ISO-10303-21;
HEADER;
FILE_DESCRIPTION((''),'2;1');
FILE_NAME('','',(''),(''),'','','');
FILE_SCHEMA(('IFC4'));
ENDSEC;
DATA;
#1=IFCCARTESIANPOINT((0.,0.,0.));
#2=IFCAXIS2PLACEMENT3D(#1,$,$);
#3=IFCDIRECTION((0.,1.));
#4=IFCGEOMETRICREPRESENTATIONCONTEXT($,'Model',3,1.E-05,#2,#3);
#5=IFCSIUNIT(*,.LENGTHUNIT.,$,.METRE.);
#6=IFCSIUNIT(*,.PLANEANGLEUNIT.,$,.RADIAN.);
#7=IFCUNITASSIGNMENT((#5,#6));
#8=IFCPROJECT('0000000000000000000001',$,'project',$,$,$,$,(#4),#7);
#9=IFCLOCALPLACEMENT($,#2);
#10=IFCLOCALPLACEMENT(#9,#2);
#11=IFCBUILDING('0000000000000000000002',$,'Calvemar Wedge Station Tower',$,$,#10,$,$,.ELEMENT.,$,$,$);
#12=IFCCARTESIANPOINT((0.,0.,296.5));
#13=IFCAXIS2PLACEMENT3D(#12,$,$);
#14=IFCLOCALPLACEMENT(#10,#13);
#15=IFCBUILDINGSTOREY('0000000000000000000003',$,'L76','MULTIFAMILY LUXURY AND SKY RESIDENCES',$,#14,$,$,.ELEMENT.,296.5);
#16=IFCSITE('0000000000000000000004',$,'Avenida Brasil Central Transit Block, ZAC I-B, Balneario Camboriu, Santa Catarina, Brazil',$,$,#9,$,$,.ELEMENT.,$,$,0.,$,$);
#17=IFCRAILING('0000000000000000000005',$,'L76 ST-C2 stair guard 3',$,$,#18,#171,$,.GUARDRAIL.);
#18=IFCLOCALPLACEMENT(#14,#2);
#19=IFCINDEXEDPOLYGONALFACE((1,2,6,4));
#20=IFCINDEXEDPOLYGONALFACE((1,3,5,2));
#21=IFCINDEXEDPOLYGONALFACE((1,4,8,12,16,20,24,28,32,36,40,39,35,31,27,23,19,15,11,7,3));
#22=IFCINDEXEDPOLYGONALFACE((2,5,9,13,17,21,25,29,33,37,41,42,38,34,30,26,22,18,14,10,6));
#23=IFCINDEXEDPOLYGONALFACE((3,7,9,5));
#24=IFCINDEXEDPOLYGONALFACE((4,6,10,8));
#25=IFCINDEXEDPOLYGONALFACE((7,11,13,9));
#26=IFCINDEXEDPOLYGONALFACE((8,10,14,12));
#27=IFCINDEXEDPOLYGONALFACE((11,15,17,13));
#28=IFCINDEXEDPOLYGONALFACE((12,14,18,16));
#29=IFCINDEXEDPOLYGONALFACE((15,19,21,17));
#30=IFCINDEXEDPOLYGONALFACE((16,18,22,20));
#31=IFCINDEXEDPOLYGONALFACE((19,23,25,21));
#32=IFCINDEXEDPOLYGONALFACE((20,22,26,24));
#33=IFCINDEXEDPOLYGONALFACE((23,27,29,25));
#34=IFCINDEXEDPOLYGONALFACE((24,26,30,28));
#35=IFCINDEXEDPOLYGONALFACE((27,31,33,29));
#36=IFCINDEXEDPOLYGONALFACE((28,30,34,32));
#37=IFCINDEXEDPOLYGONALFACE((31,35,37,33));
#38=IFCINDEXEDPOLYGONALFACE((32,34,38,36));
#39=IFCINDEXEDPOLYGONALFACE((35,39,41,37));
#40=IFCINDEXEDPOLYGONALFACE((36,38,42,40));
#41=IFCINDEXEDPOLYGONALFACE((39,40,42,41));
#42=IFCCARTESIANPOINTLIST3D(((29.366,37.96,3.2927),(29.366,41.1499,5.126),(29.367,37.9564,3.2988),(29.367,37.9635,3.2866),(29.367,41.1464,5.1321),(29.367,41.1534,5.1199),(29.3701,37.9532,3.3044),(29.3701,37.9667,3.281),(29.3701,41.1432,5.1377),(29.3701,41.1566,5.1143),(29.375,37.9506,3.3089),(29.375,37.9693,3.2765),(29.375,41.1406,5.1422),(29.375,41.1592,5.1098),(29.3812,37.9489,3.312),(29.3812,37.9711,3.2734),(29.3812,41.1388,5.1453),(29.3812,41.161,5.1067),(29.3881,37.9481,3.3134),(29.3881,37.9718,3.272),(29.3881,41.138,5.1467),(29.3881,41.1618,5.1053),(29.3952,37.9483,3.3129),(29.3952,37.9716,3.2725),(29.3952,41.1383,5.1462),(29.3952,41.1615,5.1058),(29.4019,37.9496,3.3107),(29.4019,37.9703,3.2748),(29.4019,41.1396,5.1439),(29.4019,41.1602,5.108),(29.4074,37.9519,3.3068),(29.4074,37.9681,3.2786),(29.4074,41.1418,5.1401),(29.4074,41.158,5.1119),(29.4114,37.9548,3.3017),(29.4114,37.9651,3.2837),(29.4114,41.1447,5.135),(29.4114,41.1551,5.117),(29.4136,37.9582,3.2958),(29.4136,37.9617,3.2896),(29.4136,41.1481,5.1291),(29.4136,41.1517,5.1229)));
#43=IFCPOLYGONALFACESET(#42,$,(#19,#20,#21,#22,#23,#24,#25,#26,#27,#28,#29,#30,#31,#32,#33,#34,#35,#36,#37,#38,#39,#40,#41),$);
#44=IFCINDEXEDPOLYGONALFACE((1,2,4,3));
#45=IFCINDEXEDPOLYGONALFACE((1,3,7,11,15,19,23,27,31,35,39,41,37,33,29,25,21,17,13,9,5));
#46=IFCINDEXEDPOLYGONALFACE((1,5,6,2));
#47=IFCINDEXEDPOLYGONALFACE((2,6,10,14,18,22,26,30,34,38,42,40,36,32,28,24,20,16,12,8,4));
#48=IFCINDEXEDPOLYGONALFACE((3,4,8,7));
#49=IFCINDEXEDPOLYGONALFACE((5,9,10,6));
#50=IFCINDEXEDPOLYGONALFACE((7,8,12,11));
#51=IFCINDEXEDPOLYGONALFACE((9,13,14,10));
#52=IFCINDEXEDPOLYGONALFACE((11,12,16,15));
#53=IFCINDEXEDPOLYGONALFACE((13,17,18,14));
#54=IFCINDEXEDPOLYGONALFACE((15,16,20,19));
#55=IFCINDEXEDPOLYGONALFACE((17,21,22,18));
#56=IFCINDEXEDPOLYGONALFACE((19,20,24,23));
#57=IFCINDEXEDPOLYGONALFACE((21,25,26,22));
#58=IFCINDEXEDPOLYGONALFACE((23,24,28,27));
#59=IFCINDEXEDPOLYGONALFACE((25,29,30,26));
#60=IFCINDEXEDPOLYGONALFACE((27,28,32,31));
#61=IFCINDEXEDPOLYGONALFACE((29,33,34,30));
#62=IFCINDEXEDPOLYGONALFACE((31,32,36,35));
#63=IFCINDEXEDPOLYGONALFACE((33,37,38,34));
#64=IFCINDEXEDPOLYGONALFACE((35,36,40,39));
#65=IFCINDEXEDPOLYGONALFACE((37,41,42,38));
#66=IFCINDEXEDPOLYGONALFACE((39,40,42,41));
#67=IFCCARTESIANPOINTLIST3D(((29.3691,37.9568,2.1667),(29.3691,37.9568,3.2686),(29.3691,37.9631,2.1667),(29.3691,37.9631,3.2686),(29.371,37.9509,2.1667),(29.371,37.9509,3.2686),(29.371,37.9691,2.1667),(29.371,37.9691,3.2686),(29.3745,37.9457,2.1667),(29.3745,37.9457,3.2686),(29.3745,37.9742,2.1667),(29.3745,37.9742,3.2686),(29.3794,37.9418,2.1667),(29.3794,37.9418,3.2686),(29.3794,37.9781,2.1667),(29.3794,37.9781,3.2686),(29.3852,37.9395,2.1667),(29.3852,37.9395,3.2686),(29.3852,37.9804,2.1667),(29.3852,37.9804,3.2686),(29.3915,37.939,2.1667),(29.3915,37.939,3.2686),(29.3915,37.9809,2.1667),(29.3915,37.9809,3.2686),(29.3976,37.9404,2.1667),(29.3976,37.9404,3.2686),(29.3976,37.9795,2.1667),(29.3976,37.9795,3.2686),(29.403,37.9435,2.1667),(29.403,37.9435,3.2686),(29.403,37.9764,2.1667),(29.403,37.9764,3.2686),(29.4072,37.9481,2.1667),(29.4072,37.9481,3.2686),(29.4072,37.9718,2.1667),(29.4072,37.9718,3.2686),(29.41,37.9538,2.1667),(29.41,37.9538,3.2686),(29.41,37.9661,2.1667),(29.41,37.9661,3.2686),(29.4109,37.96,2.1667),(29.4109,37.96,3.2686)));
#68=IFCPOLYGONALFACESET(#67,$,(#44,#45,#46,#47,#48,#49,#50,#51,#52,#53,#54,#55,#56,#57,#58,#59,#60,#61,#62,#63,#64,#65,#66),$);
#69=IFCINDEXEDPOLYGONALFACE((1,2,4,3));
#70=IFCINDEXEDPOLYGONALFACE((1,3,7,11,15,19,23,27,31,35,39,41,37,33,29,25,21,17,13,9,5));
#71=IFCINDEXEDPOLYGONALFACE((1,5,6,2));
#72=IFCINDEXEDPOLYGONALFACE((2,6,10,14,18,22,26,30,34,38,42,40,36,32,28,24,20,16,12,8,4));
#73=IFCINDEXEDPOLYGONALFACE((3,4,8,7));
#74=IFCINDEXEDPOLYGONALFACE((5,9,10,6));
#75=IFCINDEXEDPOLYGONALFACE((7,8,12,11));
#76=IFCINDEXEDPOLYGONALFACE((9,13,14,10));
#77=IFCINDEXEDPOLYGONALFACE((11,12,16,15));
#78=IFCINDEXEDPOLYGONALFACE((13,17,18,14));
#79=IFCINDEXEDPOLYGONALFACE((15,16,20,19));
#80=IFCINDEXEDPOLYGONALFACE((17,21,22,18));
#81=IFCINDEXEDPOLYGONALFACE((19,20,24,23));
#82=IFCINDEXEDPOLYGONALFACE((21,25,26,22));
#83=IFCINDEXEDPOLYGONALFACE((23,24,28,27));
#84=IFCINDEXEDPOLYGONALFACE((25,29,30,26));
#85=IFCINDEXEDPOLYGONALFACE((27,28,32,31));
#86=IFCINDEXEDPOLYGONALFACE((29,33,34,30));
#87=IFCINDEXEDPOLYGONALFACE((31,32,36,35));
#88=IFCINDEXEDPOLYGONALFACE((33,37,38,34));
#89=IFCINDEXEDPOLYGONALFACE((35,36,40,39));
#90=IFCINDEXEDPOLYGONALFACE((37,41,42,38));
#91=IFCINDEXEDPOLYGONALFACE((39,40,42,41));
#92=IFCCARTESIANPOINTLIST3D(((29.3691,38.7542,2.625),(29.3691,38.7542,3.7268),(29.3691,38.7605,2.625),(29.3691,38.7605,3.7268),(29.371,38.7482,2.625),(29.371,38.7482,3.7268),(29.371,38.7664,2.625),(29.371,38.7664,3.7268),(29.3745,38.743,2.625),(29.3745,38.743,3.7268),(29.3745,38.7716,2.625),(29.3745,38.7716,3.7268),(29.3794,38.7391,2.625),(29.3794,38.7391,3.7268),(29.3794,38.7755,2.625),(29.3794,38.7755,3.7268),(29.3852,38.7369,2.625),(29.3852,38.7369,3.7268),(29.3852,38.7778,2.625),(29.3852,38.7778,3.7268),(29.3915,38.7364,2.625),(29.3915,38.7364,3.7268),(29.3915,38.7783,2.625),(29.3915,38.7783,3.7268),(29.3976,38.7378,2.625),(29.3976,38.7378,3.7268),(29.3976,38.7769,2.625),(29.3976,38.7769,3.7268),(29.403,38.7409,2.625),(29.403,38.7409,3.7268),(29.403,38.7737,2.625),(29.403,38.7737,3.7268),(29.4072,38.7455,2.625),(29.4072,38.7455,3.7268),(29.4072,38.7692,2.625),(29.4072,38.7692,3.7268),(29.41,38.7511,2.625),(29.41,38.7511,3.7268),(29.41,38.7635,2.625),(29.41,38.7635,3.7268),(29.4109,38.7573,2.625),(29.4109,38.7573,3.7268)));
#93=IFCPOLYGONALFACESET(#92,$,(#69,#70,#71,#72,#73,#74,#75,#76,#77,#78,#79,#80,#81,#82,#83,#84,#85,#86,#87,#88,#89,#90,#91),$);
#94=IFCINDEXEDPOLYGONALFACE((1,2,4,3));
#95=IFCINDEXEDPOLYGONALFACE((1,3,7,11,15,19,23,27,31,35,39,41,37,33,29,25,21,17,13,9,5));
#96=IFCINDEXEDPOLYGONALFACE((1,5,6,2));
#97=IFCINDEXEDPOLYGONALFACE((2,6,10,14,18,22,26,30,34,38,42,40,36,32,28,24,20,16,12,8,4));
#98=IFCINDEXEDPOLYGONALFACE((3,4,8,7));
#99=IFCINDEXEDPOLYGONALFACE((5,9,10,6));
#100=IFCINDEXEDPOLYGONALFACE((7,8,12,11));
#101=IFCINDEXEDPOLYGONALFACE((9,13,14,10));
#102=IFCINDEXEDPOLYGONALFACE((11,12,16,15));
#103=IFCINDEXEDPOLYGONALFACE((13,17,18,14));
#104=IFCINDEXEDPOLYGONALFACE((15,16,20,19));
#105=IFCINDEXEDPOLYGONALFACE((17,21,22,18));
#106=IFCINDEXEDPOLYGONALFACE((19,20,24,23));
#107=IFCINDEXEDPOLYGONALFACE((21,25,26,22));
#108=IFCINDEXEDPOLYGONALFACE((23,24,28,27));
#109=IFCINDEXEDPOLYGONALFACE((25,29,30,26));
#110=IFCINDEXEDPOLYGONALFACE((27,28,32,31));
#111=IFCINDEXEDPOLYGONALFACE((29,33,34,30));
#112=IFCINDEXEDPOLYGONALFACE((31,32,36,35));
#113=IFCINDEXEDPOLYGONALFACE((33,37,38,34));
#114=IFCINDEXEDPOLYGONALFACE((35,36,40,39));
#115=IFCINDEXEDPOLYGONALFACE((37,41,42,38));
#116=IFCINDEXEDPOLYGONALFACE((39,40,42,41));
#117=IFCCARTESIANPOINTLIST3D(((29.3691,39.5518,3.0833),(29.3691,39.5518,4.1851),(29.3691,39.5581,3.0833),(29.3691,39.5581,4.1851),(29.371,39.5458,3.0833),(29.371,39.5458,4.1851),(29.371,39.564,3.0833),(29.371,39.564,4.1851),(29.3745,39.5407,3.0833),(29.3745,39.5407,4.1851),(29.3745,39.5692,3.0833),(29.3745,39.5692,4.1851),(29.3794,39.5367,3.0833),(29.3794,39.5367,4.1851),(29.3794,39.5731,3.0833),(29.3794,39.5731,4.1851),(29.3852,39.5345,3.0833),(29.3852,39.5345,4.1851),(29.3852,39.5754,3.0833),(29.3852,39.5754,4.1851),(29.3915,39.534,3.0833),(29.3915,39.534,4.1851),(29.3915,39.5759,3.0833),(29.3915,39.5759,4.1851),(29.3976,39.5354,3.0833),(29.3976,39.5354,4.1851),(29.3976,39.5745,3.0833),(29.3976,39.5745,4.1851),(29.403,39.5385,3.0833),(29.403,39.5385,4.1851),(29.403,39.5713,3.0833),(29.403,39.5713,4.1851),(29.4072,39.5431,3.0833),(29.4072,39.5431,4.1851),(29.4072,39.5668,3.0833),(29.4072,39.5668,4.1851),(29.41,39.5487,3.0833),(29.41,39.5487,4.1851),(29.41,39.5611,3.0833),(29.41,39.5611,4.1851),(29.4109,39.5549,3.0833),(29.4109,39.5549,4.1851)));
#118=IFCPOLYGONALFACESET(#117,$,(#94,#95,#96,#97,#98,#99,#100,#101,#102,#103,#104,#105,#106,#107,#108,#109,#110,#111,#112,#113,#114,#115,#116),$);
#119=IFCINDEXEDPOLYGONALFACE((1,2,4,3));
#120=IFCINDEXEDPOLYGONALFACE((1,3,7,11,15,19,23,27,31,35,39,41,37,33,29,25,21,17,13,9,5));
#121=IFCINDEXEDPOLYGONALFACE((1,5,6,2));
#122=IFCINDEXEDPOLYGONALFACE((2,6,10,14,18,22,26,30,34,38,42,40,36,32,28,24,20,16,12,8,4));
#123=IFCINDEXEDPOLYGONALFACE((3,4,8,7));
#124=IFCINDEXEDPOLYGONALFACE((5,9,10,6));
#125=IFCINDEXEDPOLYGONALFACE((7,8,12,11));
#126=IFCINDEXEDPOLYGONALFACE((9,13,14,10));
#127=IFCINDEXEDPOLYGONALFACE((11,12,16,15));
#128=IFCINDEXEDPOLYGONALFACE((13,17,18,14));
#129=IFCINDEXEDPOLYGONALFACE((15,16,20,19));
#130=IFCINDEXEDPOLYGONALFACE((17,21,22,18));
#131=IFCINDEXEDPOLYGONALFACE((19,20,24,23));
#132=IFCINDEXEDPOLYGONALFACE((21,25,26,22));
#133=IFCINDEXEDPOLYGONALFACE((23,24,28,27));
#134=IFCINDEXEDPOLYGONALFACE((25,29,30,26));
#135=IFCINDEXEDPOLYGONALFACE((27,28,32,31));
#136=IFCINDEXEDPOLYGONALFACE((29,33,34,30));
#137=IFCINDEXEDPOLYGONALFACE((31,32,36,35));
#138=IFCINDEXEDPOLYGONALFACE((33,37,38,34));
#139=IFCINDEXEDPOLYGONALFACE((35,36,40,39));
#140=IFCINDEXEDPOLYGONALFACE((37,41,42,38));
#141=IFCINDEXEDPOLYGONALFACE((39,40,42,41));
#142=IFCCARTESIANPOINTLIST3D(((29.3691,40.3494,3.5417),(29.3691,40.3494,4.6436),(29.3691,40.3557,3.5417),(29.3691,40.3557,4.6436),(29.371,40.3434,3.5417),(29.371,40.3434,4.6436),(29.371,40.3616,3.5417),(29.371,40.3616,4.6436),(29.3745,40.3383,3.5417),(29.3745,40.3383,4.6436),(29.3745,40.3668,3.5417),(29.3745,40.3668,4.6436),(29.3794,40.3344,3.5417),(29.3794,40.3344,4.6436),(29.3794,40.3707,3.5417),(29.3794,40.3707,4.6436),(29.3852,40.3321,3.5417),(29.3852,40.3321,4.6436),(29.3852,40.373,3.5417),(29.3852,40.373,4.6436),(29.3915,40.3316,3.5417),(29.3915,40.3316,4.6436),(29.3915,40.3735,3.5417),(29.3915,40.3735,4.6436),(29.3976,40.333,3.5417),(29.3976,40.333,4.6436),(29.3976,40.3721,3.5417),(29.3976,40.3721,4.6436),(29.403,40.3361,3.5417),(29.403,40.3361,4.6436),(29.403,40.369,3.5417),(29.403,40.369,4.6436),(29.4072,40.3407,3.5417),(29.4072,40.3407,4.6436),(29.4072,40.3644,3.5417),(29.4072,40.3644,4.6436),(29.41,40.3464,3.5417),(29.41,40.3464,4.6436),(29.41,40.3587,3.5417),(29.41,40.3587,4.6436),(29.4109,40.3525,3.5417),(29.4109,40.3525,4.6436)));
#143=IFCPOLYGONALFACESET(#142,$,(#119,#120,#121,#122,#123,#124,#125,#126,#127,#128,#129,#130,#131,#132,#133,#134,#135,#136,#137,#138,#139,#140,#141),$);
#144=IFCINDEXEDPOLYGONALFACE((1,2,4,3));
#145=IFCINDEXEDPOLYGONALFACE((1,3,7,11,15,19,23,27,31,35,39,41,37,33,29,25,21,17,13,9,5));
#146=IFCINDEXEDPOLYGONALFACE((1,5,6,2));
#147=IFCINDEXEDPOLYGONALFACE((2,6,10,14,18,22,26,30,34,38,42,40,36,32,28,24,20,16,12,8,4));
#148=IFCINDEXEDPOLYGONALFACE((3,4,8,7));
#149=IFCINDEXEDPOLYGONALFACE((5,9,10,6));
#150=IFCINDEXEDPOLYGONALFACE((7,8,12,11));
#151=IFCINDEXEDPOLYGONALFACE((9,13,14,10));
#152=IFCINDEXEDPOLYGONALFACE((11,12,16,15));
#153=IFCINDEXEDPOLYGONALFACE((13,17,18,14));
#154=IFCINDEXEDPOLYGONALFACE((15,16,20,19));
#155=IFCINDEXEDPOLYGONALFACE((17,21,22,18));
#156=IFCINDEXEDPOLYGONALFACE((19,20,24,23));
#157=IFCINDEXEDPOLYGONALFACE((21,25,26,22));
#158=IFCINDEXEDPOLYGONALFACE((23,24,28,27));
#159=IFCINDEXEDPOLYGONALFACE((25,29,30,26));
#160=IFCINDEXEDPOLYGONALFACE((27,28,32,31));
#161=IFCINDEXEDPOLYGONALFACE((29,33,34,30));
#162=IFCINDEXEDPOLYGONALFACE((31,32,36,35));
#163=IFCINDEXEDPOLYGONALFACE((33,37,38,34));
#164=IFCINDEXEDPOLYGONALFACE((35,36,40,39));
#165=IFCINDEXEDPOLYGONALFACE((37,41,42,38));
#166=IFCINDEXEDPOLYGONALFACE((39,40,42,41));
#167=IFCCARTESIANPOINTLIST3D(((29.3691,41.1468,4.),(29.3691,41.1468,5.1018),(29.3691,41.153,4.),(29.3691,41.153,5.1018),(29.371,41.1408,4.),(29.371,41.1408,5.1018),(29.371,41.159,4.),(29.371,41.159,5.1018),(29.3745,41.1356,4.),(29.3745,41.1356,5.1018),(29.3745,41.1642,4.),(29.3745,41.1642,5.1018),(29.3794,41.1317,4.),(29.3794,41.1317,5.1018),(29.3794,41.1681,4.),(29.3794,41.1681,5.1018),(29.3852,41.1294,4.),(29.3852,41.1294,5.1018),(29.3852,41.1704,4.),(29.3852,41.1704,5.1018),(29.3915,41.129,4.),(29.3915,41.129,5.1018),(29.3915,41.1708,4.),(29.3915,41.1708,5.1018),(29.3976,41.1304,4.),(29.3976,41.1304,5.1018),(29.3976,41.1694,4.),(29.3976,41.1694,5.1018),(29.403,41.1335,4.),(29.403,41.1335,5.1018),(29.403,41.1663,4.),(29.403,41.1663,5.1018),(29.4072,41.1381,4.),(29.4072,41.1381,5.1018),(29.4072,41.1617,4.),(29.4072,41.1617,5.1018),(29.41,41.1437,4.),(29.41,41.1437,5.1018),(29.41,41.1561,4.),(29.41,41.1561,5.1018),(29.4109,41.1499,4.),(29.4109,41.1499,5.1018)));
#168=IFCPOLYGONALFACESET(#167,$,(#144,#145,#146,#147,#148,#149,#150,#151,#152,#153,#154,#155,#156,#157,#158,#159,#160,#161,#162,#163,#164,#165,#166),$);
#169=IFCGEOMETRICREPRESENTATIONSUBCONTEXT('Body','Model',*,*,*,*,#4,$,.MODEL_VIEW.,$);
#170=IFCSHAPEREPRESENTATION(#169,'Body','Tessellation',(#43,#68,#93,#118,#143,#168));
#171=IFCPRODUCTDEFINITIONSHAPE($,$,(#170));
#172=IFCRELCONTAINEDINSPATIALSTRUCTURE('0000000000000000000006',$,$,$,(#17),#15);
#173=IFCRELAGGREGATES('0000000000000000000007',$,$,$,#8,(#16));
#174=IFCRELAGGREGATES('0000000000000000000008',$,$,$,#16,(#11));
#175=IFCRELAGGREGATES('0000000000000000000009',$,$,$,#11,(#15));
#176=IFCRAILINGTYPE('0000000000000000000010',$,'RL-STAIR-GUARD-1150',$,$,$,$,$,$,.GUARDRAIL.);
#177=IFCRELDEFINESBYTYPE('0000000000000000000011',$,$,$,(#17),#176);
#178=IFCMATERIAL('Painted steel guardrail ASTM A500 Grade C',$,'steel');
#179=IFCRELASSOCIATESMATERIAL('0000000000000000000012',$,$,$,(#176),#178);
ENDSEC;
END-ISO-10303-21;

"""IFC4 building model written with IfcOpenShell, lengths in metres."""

from ifc_helpers import new_model, si_unit, direction, frame, origin, origin_2d, place, context, subcontext, project, spatial, circle, extrude, material, type_object, element, save


model = new_model("IFC4")

# Units and contexts
model_context = context("Model", 3, precision=1e-05, world=origin(), true_north=direction((0.0, 1.0)))
body_context = subcontext(model_context, "Body", "Model", "MODEL_VIEW")
ifc_project = project(units=[si_unit("LENGTHUNIT", "METRE"), si_unit("PLANEANGLEUNIT", "RADIAN")], contexts=[model_context])

# Site, building, storey
site_placement = place(None, origin())
site = spatial("IfcSite", under=ifc_project, at=site_placement, Name="Avenida Brasil Central Transit Block, ZAC I-B, Balneario Camboriu, Santa Catarina, Brazil", CompositionType="ELEMENT", RefElevation=0.0)
building_placement = place(site_placement, origin())
building = spatial("IfcBuilding", under=site, at=building_placement, Name="Calvemar Wedge Station Tower", CompositionType="ELEMENT")
storey_placement = place(building_placement, frame((0.0, 0.0, 296.5)))
storey = spatial("IfcBuildingStorey", under=building, at=storey_placement, Name="L76", Description="MULTIFAMILY LUXURY AND SKY RESIDENCES", CompositionType="ELEMENT", Elevation=296.5)

# Railing
ifc_material_1 = material(Name="Painted steel guardrail ASTM A500 Grade C", Category="steel")
railing_type_1 = type_object("IfcRailingType", Name="RL-STAIR-GUARD-1150", PredefinedType="GUARDRAIL", material=ifc_material_1)
railing_1_placement = place(storey_placement, frame((29.3899, 37.96, 2.1667)))
element("IfcRailing", 1, at=railing_1_placement, inside=storey, type_object=railing_type_1, Name="L76 ST-C2 stair guard 3", PredefinedType="GUARDRAIL", context=body_context, shape_type="SweptSolid", body=[
    extrude(circle(Radius=0.0239, at=origin_2d()), frame((0.0, 0.0, 1.126), z_axis=(0.0, 0.86702, 0.498274), x_axis=(-1.0, 0.0, 0.0)), (0.0, 0.0, 1.0), 3.6792),
    extrude(circle(Radius=0.021, at=origin_2d()), origin(), (0.0, 0.0, 1.0), 1.1018),
    extrude(circle(Radius=0.021, at=origin_2d()), frame((0.0, 0.7974, 0.4583)), (0.0, 0.0, 1.0), 1.1018),
    extrude(circle(Radius=0.021, at=origin_2d()), frame((0.0, 1.595, 0.9165)), (0.0, 0.0, 1.0), 1.1018),
    extrude(circle(Radius=0.021, at=origin_2d()), frame((0.0, 2.3926, 1.375)), (0.0, 0.0, 1.0), 1.1018),
    extrude(circle(Radius=0.021, at=origin_2d()), frame((0.0, 3.1899, 1.8333)), (0.0, 0.0, 1.0), 1.1018),
])

save(model, "model.ifc")
